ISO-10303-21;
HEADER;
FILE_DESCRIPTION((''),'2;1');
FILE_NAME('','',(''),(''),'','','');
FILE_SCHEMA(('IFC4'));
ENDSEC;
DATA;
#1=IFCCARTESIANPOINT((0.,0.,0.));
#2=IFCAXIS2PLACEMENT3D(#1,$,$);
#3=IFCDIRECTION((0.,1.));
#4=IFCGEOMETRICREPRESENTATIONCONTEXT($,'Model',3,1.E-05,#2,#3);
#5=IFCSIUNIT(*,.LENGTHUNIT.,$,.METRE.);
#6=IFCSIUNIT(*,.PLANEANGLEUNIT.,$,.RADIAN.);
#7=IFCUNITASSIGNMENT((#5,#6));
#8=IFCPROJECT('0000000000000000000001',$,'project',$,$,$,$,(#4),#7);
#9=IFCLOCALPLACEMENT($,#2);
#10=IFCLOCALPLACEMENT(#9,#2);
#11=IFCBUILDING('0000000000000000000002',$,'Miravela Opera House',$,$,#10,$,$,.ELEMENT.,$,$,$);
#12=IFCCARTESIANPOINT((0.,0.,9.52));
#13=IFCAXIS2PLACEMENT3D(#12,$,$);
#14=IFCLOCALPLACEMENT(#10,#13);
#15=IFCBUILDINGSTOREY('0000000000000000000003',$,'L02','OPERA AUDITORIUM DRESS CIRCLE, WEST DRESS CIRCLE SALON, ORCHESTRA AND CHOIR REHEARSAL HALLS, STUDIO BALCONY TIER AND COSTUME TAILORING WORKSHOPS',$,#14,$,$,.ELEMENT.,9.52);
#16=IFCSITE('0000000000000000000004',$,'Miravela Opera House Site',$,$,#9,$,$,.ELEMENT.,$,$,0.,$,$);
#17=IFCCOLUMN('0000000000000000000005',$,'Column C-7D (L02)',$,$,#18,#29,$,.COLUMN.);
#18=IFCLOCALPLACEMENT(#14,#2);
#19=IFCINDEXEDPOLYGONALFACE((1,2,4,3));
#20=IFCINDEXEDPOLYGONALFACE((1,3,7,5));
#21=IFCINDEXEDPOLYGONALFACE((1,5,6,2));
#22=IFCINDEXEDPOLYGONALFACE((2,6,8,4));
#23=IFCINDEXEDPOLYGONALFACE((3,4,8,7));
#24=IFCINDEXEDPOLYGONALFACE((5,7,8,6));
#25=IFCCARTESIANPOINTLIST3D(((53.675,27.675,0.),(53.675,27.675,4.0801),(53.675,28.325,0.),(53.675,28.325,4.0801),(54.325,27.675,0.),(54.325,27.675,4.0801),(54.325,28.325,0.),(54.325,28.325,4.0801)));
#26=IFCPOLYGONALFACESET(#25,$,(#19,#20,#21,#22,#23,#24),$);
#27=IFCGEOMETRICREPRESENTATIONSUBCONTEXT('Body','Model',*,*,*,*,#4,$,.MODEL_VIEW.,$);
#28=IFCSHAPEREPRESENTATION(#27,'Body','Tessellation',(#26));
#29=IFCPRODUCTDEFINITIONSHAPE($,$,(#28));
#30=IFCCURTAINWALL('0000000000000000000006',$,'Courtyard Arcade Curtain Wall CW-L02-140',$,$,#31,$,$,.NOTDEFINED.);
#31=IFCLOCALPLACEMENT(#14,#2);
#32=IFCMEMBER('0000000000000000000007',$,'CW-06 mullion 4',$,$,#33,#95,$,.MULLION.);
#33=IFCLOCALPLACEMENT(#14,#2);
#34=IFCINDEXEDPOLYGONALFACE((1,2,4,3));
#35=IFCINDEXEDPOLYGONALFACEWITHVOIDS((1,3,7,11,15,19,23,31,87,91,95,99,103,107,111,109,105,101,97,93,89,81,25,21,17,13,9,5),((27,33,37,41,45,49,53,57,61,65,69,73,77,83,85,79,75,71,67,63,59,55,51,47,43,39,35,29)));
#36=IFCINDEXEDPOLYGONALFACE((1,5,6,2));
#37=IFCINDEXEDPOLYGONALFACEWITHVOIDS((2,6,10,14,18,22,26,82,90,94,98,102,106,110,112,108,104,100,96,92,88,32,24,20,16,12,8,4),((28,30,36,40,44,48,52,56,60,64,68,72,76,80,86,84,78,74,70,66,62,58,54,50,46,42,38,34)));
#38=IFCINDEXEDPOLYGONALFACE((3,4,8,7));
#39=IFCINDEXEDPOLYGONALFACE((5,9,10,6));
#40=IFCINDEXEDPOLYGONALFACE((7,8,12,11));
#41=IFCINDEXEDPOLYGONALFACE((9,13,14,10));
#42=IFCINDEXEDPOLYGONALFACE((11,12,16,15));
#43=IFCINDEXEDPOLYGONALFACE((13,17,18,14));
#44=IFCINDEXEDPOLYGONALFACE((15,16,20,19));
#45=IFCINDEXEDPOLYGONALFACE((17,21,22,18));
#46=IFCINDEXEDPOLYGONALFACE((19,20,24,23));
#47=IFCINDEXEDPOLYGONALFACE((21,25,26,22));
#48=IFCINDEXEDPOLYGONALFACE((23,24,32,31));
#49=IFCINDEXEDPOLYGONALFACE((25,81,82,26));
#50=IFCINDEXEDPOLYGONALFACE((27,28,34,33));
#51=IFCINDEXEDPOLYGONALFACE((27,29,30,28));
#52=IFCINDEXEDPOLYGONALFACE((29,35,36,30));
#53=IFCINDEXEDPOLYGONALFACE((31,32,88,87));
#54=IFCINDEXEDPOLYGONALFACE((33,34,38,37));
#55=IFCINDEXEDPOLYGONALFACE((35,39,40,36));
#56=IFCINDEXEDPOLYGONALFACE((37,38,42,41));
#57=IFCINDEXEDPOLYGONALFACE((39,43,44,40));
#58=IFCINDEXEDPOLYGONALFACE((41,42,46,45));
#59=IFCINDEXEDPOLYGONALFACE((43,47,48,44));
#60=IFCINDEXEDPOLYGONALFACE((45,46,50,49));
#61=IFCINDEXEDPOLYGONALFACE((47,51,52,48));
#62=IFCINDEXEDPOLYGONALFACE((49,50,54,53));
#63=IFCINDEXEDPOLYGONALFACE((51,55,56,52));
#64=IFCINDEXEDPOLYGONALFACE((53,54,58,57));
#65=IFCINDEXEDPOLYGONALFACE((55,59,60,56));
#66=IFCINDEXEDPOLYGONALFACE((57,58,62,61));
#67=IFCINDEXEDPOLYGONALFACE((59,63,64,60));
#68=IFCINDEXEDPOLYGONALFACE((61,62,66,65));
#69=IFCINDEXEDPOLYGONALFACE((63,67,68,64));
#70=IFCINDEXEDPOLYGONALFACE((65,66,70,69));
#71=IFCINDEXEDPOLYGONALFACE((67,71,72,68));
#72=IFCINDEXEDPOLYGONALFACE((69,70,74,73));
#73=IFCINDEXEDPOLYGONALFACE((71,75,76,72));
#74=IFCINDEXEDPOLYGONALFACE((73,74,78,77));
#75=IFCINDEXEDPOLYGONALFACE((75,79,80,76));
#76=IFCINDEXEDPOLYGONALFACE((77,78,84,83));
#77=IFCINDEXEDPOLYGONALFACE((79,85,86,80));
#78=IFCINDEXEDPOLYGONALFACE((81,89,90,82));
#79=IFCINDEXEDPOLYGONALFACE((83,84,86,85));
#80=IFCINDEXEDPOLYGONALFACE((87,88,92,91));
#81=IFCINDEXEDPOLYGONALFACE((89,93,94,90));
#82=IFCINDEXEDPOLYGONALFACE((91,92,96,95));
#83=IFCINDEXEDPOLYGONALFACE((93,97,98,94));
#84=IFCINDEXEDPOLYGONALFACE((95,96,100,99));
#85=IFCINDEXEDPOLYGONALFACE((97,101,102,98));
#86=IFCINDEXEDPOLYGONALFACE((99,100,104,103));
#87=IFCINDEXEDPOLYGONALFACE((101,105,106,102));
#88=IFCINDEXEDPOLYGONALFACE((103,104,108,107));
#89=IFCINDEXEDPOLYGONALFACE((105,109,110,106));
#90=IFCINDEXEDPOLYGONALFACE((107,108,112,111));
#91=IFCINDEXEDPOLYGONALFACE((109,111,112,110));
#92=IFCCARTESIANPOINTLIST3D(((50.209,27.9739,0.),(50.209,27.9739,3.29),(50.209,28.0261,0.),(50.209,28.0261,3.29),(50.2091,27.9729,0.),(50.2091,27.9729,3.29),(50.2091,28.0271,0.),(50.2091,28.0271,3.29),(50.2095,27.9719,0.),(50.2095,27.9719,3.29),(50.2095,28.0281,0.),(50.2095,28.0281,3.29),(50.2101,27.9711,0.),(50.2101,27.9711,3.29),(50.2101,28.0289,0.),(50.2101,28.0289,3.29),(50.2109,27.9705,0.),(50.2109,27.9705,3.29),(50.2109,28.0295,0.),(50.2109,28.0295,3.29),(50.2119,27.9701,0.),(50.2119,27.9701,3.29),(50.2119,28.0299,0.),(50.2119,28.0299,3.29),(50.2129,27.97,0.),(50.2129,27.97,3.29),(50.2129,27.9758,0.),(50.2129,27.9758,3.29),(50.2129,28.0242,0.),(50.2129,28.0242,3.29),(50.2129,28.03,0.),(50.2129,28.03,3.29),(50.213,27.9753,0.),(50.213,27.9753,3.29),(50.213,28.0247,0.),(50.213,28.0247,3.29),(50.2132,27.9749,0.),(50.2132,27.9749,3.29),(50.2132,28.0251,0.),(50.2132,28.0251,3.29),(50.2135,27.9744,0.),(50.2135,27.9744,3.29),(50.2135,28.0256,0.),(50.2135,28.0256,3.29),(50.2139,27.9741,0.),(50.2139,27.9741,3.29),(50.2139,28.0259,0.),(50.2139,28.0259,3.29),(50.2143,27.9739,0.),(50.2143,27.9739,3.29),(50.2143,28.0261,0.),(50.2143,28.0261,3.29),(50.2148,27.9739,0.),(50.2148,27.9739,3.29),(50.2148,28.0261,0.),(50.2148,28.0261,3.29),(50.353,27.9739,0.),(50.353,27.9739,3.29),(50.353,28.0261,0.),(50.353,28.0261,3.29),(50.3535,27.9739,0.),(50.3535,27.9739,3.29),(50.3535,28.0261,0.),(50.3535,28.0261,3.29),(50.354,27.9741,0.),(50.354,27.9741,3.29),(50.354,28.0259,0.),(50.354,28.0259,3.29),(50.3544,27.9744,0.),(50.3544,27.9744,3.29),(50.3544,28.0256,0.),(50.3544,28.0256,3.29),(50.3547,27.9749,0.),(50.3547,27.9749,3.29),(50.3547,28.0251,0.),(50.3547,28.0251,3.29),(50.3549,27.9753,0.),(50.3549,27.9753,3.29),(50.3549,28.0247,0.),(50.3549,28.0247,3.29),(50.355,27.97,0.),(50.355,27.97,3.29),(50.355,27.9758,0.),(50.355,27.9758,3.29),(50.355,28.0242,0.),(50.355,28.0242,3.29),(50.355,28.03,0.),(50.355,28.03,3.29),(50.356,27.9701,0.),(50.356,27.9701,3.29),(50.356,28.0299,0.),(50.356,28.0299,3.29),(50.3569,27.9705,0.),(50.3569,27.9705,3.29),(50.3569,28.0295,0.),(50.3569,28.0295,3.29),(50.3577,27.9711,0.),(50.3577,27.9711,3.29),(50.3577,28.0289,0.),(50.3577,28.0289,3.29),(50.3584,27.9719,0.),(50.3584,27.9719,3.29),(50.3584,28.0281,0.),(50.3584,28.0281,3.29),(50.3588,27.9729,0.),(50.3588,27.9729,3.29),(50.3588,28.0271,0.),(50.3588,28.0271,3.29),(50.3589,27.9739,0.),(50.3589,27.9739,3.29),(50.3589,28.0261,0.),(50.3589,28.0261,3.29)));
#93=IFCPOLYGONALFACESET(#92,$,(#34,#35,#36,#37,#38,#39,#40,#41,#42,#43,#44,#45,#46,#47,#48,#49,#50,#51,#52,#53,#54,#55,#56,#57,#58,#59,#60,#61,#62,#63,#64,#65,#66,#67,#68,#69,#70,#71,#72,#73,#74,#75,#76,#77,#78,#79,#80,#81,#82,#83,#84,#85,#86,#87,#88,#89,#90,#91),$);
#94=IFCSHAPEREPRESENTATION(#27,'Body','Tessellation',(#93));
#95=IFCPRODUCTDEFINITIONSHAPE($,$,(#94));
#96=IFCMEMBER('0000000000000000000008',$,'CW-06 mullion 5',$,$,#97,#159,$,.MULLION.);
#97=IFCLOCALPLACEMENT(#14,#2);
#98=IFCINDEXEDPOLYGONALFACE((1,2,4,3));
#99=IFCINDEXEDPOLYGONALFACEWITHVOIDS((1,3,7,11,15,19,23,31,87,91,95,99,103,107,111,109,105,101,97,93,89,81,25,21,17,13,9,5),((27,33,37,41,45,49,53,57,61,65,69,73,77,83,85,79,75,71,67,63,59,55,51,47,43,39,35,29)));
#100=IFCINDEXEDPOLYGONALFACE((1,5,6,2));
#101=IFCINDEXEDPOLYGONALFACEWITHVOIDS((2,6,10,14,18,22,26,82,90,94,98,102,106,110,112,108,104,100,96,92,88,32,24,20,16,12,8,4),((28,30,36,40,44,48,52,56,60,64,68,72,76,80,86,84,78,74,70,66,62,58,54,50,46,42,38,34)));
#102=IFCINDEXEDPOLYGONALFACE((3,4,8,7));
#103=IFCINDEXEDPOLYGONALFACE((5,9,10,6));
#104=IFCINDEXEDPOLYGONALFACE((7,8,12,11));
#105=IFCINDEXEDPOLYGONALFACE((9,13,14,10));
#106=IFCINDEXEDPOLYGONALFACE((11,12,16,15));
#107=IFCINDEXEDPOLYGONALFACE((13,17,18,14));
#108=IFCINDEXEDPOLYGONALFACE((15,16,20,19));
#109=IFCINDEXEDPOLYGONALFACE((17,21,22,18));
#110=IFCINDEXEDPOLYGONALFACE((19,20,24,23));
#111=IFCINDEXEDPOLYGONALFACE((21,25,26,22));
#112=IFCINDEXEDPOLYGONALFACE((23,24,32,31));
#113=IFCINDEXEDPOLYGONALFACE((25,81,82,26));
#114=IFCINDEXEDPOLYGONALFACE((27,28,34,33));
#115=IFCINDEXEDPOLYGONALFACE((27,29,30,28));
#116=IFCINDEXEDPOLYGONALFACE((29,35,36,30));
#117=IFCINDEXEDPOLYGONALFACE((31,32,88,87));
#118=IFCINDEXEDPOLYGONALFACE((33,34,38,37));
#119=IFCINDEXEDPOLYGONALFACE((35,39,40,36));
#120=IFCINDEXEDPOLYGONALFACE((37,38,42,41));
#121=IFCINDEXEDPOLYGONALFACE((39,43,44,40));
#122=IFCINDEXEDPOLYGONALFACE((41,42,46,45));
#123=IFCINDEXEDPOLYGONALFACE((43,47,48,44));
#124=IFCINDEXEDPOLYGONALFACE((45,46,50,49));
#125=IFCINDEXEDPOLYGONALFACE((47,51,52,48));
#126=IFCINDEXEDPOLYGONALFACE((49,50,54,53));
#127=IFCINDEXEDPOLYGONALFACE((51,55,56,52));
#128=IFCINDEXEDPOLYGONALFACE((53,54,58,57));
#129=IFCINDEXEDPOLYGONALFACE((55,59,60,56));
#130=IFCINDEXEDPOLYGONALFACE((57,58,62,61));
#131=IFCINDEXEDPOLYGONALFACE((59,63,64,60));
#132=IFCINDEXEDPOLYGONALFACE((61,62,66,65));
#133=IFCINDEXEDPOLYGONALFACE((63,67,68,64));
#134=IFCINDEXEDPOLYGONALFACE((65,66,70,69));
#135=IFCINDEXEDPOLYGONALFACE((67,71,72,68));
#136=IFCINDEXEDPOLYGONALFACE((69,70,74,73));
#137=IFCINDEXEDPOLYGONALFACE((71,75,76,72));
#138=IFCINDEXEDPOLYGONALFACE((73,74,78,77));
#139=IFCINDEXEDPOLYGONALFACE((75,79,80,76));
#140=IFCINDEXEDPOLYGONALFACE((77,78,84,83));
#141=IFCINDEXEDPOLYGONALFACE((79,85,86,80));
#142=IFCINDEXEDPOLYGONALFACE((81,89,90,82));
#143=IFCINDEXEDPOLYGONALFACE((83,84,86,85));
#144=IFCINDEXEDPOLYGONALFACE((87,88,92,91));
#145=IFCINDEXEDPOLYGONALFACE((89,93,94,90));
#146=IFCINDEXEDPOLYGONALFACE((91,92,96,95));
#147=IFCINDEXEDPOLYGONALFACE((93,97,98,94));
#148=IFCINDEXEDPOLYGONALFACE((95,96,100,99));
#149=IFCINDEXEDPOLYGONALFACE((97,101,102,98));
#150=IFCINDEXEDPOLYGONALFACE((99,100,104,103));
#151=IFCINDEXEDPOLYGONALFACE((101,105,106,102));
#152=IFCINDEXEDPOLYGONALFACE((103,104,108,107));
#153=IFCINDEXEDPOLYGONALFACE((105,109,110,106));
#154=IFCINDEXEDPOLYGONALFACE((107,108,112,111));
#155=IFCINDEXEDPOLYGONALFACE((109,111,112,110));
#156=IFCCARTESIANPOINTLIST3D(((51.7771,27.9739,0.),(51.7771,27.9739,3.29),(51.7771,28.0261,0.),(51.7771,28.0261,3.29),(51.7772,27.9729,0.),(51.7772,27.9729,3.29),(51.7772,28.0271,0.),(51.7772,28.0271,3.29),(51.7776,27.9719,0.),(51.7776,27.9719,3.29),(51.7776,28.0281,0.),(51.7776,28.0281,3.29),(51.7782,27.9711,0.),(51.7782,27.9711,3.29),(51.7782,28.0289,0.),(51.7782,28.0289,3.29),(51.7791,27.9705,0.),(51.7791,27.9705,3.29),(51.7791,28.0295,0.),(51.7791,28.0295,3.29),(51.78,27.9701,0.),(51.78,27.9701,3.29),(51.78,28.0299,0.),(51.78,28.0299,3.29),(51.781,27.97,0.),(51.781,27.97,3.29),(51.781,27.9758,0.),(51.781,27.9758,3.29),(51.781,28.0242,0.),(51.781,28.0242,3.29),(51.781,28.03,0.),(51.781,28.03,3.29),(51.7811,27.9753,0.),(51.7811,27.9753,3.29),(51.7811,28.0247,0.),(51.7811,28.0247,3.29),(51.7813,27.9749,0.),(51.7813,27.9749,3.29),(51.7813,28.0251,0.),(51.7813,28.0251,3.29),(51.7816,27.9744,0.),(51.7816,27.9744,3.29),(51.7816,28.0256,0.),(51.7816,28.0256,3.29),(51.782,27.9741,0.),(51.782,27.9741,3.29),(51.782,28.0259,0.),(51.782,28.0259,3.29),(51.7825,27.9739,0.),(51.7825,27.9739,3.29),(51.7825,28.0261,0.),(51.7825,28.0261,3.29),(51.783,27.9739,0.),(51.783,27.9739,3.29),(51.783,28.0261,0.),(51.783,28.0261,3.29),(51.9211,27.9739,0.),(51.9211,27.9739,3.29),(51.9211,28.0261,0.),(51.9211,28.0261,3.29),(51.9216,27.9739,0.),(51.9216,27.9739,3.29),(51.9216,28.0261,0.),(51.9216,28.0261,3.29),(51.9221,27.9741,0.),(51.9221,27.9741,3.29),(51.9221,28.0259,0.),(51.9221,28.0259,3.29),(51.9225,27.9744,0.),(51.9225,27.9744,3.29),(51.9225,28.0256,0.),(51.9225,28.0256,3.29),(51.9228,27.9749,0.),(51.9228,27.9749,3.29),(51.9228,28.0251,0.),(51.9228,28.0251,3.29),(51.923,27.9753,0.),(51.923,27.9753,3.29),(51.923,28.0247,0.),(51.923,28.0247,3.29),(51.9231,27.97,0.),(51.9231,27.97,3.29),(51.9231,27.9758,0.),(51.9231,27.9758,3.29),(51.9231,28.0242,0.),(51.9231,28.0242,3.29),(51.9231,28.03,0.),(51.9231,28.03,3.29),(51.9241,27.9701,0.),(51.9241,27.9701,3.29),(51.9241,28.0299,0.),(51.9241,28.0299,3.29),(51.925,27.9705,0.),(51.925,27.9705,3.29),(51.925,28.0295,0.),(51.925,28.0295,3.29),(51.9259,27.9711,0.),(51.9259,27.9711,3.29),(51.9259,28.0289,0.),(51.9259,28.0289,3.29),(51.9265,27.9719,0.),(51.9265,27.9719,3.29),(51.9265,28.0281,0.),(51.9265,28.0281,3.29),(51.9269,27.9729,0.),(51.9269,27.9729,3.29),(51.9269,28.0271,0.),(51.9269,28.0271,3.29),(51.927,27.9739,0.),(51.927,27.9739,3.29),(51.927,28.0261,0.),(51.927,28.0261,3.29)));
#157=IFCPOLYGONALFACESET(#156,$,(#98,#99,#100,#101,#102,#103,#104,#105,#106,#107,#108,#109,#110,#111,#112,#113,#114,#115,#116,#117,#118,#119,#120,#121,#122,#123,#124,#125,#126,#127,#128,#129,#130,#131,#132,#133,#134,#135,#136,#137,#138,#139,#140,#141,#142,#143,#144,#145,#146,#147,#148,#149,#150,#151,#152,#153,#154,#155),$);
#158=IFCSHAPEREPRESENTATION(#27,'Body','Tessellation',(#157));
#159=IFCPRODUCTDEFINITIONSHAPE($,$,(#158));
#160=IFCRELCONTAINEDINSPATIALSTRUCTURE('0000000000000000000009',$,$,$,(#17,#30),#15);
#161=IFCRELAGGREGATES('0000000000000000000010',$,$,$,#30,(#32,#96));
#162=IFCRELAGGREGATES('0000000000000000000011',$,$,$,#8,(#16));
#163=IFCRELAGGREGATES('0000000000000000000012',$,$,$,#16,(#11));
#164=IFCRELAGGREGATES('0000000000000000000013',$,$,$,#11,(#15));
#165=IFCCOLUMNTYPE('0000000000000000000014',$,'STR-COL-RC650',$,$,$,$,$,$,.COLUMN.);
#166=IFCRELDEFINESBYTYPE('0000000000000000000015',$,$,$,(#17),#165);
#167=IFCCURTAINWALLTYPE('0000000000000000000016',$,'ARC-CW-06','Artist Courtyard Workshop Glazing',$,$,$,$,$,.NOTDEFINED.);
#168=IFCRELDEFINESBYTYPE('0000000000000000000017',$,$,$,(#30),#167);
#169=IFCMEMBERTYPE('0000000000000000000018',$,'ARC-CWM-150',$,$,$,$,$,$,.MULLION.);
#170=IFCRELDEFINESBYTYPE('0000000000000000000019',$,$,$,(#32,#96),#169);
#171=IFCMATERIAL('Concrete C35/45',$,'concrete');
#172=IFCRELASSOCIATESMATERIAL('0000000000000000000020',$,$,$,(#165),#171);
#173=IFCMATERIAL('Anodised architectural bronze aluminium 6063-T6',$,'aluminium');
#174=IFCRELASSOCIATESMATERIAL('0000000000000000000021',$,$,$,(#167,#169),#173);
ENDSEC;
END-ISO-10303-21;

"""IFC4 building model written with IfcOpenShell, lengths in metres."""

from ifc_helpers import new_model, si_unit, direction, frame, origin, origin_2d, place, context, subcontext, project, spatial, rectangle, hollow_rectangle, extrude, material, material_profile, profile_set, type_object, element, aggregate, save


model = new_model("IFC4")

# Units and contexts
model_context = context("Model", 3, precision=1e-05, world=origin(), true_north=direction((0.0, 1.0)))
body_context = subcontext(model_context, "Body", "Model", "MODEL_VIEW")
ifc_project = project(units=[si_unit("LENGTHUNIT", "METRE"), si_unit("PLANEANGLEUNIT", "RADIAN")], contexts=[model_context])

# Site, building, storey
site_placement = place(None, origin())
site = spatial("IfcSite", under=ifc_project, at=site_placement, Name="Miravela Opera House Site", CompositionType="ELEMENT", RefElevation=0.0)
building_placement = place(site_placement, origin())
building = spatial("IfcBuilding", under=site, at=building_placement, Name="Miravela Opera House", CompositionType="ELEMENT")
storey_placement = place(building_placement, frame((0.0, 0.0, 9.52)))
storey = spatial("IfcBuildingStorey", under=building, at=storey_placement, Name="L02", Description="OPERA AUDITORIUM DRESS CIRCLE, WEST DRESS CIRCLE SALON, ORCHESTRA AND CHOIR REHEARSAL HALLS, STUDIO BALCONY TIER AND COSTUME TAILORING WORKSHOPS", CompositionType="ELEMENT", Elevation=9.52)

# Column
ifc_material_1 = material(Name="Concrete C35/45", Category="concrete")
ifc_material_profile_1 = material_profile(ifc_material_1, rectangle(XDim=0.6499, YDim=0.6499, at=origin_2d()), Name="RC-COL-650X650")
ifc_profile_set_1 = profile_set([ifc_material_profile_1])
column_type = type_object("IfcColumnType", Name="STR-COL-RC650", PredefinedType="COLUMN", material=ifc_profile_set_1)
column_placement = place(storey_placement, frame((54.0, 28.0, 0.0), z_axis=(0.0, 0.0, 1.0), x_axis=(1.0, 0.0, 0.0)))
element("IfcColumn", 1, at=column_placement, inside=storey, type_object=column_type, Name="Column C-7D (L02)", PredefinedType="COLUMN", context=body_context, shape_type="SweptSolid", body=[
    extrude(rectangle(XDim=0.6499, YDim=0.6499, at=origin_2d()), origin(), (0.0, 0.0, 1.0), 4.0801),
])

# Curtain wall, members
ifc_material_2 = material(Name="Anodised architectural bronze aluminium 6063-T6", Category="aluminium")
curtain_wall_type = type_object("IfcCurtainWallType", Name="ARC-CW-06", Description="Artist Courtyard Workshop Glazing", PredefinedType="NOTDEFINED", material=ifc_material_2)
curtain_wall_1_placement = place(storey_placement, origin())
curtain_wall_1 = element("IfcCurtainWall", 2, at=curtain_wall_1_placement, inside=storey, type_object=curtain_wall_type, Name="Courtyard Arcade Curtain Wall CW-L02-140", PredefinedType="NOTDEFINED")
ifc_material_profile_2 = material_profile(ifc_material_2, hollow_rectangle(XDim=0.0601, YDim=0.1499, WallThickness=0.0039, InnerFilletRadius=0.002, OuterFilletRadius=0.0039, at=origin_2d()), Name="CWM-60X150")
ifc_profile_set_2 = profile_set([ifc_material_profile_2])
member_type_1 = type_object("IfcMemberType", Name="ARC-CWM-150", PredefinedType="MULLION", material=ifc_profile_set_2)
member_1_placement = place(storey_placement, frame((50.2839, 28.0, 0.0), z_axis=(0.0, 0.0, 1.0), x_axis=(0.0, 1.0, 0.0)))
member_1 = element("IfcMember", 3, at=member_1_placement, type_object=member_type_1, Name="CW-06 mullion 4", PredefinedType="MULLION", context=body_context, shape_type="SweptSolid", body=[
    extrude(hollow_rectangle(XDim=0.0601, YDim=0.1499, WallThickness=0.0039, InnerFilletRadius=0.002, OuterFilletRadius=0.0039, at=origin_2d()), origin(), (0.0, 0.0, 1.0), 3.29),
])
member_2_placement = place(storey_placement, frame((51.8521, 28.0, 0.0), z_axis=(0.0, 0.0, 1.0), x_axis=(0.0, 1.0, 0.0)))
member_2 = element("IfcMember", 4, at=member_2_placement, type_object=member_type_1, Name="CW-06 mullion 5", PredefinedType="MULLION", context=body_context, shape_type="SweptSolid", body=[
    extrude(hollow_rectangle(XDim=0.0601, YDim=0.1499, WallThickness=0.0039, InnerFilletRadius=0.002, OuterFilletRadius=0.0039, at=origin_2d()), origin(), (0.0, 0.0, 1.0), 3.29),
])

aggregate(curtain_wall_1, [member_1, member_2])

save(model, "model.ifc")
